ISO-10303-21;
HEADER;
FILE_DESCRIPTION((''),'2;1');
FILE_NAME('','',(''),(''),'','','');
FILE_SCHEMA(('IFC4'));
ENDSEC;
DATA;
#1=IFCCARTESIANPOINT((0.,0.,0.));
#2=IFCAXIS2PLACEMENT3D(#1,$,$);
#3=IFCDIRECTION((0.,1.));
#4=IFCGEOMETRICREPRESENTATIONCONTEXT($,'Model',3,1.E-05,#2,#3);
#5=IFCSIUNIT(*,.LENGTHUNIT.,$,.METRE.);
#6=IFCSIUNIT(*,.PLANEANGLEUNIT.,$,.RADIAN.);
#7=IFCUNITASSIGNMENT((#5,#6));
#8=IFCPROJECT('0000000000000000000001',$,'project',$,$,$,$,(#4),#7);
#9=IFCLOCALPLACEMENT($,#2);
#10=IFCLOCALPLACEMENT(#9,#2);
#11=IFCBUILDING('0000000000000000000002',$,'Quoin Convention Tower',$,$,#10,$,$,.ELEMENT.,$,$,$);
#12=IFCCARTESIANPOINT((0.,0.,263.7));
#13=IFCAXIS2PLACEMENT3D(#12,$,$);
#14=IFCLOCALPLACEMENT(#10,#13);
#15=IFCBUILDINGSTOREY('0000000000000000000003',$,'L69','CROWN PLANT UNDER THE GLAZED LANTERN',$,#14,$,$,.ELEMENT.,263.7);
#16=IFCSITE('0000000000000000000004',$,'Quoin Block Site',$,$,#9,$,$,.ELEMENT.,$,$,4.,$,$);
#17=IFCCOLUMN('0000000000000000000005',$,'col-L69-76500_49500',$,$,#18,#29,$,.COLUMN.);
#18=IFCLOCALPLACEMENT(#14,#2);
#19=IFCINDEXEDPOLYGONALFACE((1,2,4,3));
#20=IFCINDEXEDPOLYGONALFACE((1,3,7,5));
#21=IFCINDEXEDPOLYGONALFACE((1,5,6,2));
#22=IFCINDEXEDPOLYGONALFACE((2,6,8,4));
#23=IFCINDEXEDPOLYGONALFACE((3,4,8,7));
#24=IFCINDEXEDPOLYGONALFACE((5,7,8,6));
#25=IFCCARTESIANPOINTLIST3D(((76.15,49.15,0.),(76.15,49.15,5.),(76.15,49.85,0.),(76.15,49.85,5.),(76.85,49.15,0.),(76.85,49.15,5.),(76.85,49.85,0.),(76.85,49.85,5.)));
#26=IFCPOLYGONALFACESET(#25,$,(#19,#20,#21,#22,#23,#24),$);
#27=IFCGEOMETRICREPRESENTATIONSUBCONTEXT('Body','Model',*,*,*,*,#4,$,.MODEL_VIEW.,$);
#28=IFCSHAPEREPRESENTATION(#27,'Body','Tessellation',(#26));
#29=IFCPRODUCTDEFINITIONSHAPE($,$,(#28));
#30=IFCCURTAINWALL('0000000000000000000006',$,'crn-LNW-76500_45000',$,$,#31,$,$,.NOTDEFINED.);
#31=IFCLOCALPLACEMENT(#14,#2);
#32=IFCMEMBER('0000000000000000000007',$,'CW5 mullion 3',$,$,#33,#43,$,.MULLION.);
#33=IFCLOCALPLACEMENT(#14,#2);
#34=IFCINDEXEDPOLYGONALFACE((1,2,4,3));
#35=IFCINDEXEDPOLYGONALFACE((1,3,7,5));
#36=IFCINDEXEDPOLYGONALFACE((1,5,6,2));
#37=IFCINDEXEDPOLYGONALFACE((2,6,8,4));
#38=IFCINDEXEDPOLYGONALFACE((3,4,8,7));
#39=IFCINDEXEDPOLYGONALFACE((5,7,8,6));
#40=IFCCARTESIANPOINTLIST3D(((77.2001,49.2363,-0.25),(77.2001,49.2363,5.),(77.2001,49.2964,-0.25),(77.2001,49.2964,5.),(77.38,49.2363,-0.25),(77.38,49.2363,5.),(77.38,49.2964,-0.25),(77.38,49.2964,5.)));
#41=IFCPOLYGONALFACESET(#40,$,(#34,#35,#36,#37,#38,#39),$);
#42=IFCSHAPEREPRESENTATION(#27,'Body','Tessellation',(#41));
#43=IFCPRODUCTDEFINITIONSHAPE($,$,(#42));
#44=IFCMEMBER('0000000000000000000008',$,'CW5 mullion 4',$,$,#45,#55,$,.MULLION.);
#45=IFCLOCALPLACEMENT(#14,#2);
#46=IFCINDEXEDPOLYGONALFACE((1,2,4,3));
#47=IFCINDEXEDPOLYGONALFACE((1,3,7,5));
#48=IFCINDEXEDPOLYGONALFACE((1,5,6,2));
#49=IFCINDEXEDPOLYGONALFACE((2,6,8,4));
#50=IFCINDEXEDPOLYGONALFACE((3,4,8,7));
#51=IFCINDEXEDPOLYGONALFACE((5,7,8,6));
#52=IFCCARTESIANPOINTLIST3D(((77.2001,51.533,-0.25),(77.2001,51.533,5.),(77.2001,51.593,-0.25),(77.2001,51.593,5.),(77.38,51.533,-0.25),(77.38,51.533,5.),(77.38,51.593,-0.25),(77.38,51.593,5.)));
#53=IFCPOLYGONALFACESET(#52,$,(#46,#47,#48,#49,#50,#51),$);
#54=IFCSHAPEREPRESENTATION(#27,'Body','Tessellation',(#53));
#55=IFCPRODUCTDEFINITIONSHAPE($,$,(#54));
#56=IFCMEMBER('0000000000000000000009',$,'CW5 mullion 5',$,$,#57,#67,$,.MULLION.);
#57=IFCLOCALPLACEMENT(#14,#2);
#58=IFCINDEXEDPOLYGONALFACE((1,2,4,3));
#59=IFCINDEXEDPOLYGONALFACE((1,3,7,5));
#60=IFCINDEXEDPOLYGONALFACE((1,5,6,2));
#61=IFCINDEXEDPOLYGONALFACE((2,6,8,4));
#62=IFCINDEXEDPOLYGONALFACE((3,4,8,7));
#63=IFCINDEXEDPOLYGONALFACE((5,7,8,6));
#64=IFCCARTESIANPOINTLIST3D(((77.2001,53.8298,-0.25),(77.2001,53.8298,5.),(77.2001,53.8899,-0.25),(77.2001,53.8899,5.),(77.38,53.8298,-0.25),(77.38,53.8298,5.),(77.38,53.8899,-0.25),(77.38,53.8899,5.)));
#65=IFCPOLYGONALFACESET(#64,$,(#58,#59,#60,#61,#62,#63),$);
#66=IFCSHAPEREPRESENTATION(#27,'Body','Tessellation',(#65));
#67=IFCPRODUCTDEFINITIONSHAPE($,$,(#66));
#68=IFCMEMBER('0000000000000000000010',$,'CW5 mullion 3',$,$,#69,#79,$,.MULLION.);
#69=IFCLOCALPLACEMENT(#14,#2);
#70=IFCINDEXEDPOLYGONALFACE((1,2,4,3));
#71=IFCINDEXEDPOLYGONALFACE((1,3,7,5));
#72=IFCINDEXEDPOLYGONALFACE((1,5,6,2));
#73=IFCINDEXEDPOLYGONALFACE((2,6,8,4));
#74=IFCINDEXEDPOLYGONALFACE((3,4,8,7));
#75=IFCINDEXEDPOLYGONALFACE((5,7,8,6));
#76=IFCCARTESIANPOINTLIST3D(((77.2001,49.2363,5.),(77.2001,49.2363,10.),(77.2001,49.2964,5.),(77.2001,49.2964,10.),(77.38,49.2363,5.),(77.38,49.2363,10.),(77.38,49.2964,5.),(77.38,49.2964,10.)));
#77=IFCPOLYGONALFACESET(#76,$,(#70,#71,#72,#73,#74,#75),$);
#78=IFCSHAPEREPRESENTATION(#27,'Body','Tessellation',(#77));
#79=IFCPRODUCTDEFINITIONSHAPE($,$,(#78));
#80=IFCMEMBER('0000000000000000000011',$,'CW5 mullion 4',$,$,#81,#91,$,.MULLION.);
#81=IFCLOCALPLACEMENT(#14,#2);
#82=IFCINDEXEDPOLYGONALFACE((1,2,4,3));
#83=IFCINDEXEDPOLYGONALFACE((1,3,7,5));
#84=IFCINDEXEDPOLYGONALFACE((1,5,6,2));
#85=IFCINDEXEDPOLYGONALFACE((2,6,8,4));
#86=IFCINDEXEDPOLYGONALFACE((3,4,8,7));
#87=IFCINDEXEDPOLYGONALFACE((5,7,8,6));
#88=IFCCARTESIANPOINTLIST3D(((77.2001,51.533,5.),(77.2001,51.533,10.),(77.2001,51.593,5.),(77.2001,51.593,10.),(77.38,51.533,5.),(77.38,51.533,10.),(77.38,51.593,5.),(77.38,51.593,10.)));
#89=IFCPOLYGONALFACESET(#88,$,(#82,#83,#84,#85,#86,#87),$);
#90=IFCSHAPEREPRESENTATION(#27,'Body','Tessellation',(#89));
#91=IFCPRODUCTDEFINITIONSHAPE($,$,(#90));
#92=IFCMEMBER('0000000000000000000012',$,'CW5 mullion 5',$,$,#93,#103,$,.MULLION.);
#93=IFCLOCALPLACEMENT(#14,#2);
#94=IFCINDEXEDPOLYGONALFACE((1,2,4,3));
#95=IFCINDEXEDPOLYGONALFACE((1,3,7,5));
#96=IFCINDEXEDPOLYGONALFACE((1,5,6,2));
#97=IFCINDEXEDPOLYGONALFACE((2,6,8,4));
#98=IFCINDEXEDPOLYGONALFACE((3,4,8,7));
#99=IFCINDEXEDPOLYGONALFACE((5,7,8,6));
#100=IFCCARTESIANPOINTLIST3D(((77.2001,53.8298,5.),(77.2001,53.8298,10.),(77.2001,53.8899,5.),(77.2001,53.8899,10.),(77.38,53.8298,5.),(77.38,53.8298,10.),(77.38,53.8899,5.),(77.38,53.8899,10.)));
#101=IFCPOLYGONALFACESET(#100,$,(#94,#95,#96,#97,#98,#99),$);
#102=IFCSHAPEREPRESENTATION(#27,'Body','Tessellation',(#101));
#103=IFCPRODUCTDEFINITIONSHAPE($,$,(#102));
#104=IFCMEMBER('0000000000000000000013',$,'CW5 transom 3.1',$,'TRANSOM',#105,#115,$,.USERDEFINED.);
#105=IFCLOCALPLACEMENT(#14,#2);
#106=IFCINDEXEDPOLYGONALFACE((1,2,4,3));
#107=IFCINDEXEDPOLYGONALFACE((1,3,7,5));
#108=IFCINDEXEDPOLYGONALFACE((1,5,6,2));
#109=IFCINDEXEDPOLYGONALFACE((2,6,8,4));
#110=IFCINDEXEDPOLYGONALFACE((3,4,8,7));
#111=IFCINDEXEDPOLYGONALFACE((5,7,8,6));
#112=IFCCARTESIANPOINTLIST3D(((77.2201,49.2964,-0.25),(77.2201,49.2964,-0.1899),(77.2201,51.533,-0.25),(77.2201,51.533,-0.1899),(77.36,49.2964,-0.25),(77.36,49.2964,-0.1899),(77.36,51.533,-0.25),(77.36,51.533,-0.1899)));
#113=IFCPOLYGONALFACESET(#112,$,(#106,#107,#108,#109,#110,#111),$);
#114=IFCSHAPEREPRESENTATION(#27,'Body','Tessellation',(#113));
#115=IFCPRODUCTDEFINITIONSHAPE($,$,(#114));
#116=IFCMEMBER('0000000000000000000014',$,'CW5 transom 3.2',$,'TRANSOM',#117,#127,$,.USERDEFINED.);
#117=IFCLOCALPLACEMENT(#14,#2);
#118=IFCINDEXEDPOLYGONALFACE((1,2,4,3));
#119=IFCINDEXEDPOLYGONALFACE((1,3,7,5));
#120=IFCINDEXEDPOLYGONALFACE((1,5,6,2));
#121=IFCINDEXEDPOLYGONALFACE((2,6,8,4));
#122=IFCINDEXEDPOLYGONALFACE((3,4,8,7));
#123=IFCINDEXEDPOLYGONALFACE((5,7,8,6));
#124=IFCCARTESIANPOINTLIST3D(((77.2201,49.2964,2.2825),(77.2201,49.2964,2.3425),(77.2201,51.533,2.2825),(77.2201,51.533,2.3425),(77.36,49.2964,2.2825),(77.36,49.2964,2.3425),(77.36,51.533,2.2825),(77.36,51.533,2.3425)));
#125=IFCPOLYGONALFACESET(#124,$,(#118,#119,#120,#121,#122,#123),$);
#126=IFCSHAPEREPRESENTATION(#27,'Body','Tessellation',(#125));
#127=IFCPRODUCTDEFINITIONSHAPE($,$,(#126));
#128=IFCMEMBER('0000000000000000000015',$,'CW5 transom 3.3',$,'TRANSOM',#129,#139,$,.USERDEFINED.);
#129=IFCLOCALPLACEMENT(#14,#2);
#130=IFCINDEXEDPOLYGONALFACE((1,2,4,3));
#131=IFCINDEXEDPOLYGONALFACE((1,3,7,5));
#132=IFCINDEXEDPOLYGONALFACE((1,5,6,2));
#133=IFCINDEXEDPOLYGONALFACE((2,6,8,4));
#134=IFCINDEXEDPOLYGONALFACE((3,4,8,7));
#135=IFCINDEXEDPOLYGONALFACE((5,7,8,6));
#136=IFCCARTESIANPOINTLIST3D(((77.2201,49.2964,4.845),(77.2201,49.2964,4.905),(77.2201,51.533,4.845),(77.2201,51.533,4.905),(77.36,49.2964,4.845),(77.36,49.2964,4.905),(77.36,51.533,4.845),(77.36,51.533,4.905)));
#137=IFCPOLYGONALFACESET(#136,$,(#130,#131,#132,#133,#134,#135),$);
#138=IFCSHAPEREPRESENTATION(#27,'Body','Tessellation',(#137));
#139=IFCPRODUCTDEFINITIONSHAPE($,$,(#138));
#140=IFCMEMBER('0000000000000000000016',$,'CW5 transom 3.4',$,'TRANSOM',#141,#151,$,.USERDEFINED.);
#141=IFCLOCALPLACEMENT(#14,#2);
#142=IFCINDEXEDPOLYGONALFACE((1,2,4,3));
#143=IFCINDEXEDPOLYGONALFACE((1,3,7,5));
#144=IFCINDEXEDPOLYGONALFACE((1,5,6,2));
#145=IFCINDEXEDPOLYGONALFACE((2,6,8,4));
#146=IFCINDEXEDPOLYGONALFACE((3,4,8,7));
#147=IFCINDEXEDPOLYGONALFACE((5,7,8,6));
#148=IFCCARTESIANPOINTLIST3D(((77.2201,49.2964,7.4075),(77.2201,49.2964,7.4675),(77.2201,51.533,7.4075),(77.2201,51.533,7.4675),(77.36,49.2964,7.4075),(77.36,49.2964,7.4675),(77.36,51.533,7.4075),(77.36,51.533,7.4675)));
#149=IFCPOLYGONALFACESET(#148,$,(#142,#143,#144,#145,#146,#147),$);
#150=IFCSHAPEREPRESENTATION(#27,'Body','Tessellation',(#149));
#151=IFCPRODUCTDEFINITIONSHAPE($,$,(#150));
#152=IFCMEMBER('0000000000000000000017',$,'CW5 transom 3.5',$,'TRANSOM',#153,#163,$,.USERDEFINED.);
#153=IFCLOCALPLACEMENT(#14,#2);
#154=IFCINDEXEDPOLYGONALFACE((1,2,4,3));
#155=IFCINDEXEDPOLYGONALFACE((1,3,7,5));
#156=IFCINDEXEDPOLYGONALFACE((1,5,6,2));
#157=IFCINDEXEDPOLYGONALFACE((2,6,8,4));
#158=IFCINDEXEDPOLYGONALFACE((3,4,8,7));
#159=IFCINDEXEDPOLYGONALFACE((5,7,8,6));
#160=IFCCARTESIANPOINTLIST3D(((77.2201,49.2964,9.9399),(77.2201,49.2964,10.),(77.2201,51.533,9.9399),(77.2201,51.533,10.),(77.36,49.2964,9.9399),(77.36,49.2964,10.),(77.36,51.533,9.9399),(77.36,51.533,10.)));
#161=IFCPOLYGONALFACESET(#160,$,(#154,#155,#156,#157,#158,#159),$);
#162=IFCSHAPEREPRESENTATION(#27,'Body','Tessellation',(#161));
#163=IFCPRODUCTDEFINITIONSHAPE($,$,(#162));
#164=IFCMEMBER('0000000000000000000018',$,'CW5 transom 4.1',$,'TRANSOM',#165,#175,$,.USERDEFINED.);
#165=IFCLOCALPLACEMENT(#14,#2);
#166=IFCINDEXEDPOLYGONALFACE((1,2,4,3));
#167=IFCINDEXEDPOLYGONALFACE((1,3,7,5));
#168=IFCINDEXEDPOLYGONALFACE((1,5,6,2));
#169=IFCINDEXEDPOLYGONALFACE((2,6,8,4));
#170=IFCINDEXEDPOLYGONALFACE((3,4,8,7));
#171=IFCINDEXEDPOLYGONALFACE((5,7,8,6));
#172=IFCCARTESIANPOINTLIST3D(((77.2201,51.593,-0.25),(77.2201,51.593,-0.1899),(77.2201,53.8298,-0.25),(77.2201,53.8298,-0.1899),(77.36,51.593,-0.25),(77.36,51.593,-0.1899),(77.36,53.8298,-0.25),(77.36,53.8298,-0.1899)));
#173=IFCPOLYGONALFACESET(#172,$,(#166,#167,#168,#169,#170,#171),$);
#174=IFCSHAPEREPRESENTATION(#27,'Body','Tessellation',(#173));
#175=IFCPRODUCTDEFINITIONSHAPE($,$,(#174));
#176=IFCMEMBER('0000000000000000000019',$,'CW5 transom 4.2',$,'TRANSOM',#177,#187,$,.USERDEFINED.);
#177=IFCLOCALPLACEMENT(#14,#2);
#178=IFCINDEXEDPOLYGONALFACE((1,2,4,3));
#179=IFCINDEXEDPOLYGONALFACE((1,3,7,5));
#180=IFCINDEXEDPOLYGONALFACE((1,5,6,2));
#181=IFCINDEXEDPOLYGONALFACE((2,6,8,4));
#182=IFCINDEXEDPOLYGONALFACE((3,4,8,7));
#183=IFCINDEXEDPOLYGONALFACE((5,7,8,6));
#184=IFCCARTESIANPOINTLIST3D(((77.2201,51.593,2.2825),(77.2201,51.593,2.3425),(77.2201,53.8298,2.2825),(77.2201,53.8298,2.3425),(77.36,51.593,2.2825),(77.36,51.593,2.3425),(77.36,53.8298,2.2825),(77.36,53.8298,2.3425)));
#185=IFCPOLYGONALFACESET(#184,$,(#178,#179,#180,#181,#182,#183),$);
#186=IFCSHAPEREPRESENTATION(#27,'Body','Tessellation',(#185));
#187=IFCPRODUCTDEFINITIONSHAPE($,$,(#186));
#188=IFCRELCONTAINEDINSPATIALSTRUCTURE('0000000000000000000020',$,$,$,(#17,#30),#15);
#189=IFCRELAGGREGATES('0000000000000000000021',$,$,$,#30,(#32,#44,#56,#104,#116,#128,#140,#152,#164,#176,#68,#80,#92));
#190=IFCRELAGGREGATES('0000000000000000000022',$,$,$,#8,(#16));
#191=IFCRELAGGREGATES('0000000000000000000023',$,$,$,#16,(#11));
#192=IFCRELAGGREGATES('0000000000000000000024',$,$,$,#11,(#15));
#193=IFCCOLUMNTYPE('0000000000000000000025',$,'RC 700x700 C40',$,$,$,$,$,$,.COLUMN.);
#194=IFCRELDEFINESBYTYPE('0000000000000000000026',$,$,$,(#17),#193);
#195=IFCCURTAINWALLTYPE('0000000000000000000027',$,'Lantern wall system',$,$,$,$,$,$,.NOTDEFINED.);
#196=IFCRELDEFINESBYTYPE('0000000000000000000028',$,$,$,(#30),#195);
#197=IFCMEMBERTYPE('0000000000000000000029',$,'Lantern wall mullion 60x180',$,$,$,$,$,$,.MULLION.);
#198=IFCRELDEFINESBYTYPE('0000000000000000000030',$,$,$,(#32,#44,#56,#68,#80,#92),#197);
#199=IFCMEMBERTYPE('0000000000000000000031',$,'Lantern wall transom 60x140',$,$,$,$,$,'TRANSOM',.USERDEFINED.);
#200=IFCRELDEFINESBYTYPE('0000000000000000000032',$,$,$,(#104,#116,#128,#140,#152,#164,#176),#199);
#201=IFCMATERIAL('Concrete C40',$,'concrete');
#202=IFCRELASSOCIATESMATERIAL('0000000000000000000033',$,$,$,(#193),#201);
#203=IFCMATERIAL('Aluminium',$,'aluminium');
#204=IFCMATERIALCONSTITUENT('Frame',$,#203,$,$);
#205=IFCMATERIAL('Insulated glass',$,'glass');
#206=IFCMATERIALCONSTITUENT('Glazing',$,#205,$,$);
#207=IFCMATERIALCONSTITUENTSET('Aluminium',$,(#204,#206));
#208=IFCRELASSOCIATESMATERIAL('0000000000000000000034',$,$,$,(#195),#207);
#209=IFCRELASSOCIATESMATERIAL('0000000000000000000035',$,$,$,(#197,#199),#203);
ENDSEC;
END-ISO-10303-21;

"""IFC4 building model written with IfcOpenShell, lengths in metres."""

from ifc_helpers import new_model, si_unit, direction, frame, origin, origin_2d, place, context, subcontext, project, spatial, rectangle, extrude, material, constituent, constituent_set, material_profile, profile_set, type_object, element, aggregate, save


model = new_model("IFC4")

# Units and contexts
model_context = context("Model", 3, precision=1e-05, world=origin(), true_north=direction((0.0, 1.0)))
body_context = subcontext(model_context, "Body", "Model", "MODEL_VIEW")
ifc_project = project(units=[si_unit("LENGTHUNIT", "METRE"), si_unit("PLANEANGLEUNIT", "RADIAN")], contexts=[model_context])

# Site, building, storey
site_placement = place(None, origin())
site = spatial("IfcSite", under=ifc_project, at=site_placement, Name="Quoin Block Site", CompositionType="ELEMENT", RefElevation=4.0)
building_placement = place(site_placement, origin())
building = spatial("IfcBuilding", under=site, at=building_placement, Name="Quoin Convention Tower", CompositionType="ELEMENT")
storey_placement = place(building_placement, frame((0.0, 0.0, 263.7)))
storey = spatial("IfcBuildingStorey", under=building, at=storey_placement, Name="L69", Description="CROWN PLANT UNDER THE GLAZED LANTERN", CompositionType="ELEMENT", Elevation=263.7)

# Column
ifc_material_1 = material(Name="Concrete C40", Category="concrete")
ifc_material_profile_1 = material_profile(ifc_material_1, rectangle(XDim=0.7, YDim=0.7, at=origin_2d()), Name="RC 700x700")
ifc_profile_set_1 = profile_set([ifc_material_profile_1], Name="Concrete C40")
column_type = type_object("IfcColumnType", Name="RC 700x700 C40", PredefinedType="COLUMN", material=ifc_profile_set_1)
column_placement = place(storey_placement, frame((76.5, 49.5, 0.0), z_axis=(0.0, 0.0, 1.0), x_axis=(1.0, 0.0, 0.0)))
element("IfcColumn", 1, at=column_placement, inside=storey, type_object=column_type, Name="col-L69-76500_49500", PredefinedType="COLUMN", context=body_context, shape_type="SweptSolid", body=[
    extrude(rectangle(XDim=0.7, YDim=0.7, at=origin_2d()), origin(), (0.0, 0.0, 1.0), 5.0),
])

# Curtain wall, members
ifc_material_2 = material(Name="Aluminium", Category="aluminium")
ifc_constituent_1 = constituent(ifc_material_2, Name="Frame")
ifc_material_3 = material(Name="Insulated glass", Category="glass")
ifc_constituent_2 = constituent(ifc_material_3, Name="Glazing")
ifc_constituent_set = constituent_set(constituents=[ifc_constituent_1, ifc_constituent_2], Name="Aluminium")
curtain_wall_type = type_object("IfcCurtainWallType", Name="Lantern wall system", PredefinedType="NOTDEFINED", material=ifc_constituent_set)
curtain_wall_placement = place(storey_placement, origin())
curtain_wall = element("IfcCurtainWall", 2, at=curtain_wall_placement, inside=storey, type_object=curtain_wall_type, Name="crn-LNW-76500_45000", PredefinedType="NOTDEFINED")
ifc_material_profile_2 = material_profile(ifc_material_2, rectangle(XDim=0.1799, YDim=0.0601, at=origin_2d()), Name="Lantern wall mullion 60x180")
ifc_profile_set_2 = profile_set([ifc_material_profile_2], Name="Aluminium")
member_type_1 = type_object("IfcMemberType", Name="Lantern wall mullion 60x180", PredefinedType="MULLION", material=ifc_profile_set_2)
member_1_placement = place(storey_placement, frame((77.29, 49.2664, -0.25), z_axis=(0.0, 0.0, 1.0), x_axis=(-1.0, 0.0, 0.0)))
member_1 = element("IfcMember", 3, at=member_1_placement, type_object=member_type_1, Name="CW5 mullion 3", PredefinedType="MULLION", context=body_context, shape_type="SweptSolid", body=[
    extrude(rectangle(XDim=0.1799, YDim=0.0601, at=origin_2d()), origin(), (0.0, 0.0, 1.0), 5.25),
])
member_2_placement = place(storey_placement, frame((77.29, 51.563, -0.25), z_axis=(0.0, 0.0, 1.0), x_axis=(-1.0, 0.0, 0.0)))
member_2 = element("IfcMember", 4, at=member_2_placement, type_object=member_type_1, Name="CW5 mullion 4", PredefinedType="MULLION", context=body_context, shape_type="SweptSolid", body=[
    extrude(rectangle(XDim=0.1799, YDim=0.0601, at=origin_2d()), origin(), (0.0, 0.0, 1.0), 5.25),
])
member_3_placement = place(storey_placement, frame((77.29, 53.8599, -0.25), z_axis=(0.0, 0.0, 1.0), x_axis=(-1.0, 0.0, 0.0)))
member_3 = element("IfcMember", 5, at=member_3_placement, type_object=member_type_1, Name="CW5 mullion 5", PredefinedType="MULLION", context=body_context, shape_type="SweptSolid", body=[
    extrude(rectangle(XDim=0.1799, YDim=0.0601, at=origin_2d()), origin(), (0.0, 0.0, 1.0), 5.25),
])
member_4_placement = place(storey_placement, frame((77.29, 49.2664, 5.0), z_axis=(0.0, 0.0, 1.0), x_axis=(-1.0, 0.0, 0.0)))
member_4 = element("IfcMember", 6, at=member_4_placement, type_object=member_type_1, Name="CW5 mullion 3", PredefinedType="MULLION", context=body_context, shape_type="SweptSolid", body=[
    extrude(rectangle(XDim=0.1799, YDim=0.0601, at=origin_2d()), origin(), (0.0, 0.0, 1.0), 5.0),
])
member_5_placement = place(storey_placement, frame((77.29, 51.563, 5.0), z_axis=(0.0, 0.0, 1.0), x_axis=(-1.0, 0.0, 0.0)))
member_5 = element("IfcMember", 7, at=member_5_placement, type_object=member_type_1, Name="CW5 mullion 4", PredefinedType="MULLION", context=body_context, shape_type="SweptSolid", body=[
    extrude(rectangle(XDim=0.1799, YDim=0.0601, at=origin_2d()), origin(), (0.0, 0.0, 1.0), 5.0),
])
member_6_placement = place(storey_placement, frame((77.29, 53.8599, 5.0), z_axis=(0.0, 0.0, 1.0), x_axis=(-1.0, 0.0, 0.0)))
member_6 = element("IfcMember", 8, at=member_6_placement, type_object=member_type_1, Name="CW5 mullion 5", PredefinedType="MULLION", context=body_context, shape_type="SweptSolid", body=[
    extrude(rectangle(XDim=0.1799, YDim=0.0601, at=origin_2d()), origin(), (0.0, 0.0, 1.0), 5.0),
])
ifc_material_profile_3 = material_profile(ifc_material_2, rectangle(XDim=0.1399, YDim=0.0601, at=origin_2d()), Name="Lantern wall transom 60x140")
ifc_profile_set_3 = profile_set([ifc_material_profile_3], Name="Aluminium")
member_type_2 = type_object("IfcMemberType", Name="Lantern wall transom 60x140", ElementType="TRANSOM", PredefinedType="USERDEFINED", material=ifc_profile_set_3)
member_7_placement = place(storey_placement, frame((77.29, 49.2964, -0.22), z_axis=(0.0, 1.0, 0.0), x_axis=(-1.0, 0.0, 0.0)))
member_7 = element("IfcMember", 9, at=member_7_placement, type_object=member_type_2, Name="CW5 transom 3.1", ObjectType="TRANSOM", PredefinedType="USERDEFINED", context=body_context, shape_type="SweptSolid", body=[
    extrude(rectangle(XDim=0.1399, YDim=0.0601, at=origin_2d()), origin(), (0.0, 0.0, 1.0), 2.2366),
])
member_8_placement = place(storey_placement, frame((77.29, 49.2964, 2.3125), z_axis=(0.0, 1.0, 0.0), x_axis=(-1.0, 0.0, 0.0)))
member_8 = element("IfcMember", 10, at=member_8_placement, type_object=member_type_2, Name="CW5 transom 3.2", ObjectType="TRANSOM", PredefinedType="USERDEFINED", context=body_context, shape_type="SweptSolid", body=[
    extrude(rectangle(XDim=0.1399, YDim=0.0601, at=origin_2d()), origin(), (0.0, 0.0, 1.0), 2.2366),
])
member_9_placement = place(storey_placement, frame((77.29, 49.2964, 4.875), z_axis=(0.0, 1.0, 0.0), x_axis=(-1.0, 0.0, 0.0)))
member_9 = element("IfcMember", 11, at=member_9_placement, type_object=member_type_2, Name="CW5 transom 3.3", ObjectType="TRANSOM", PredefinedType="USERDEFINED", context=body_context, shape_type="SweptSolid", body=[
    extrude(rectangle(XDim=0.1399, YDim=0.0601, at=origin_2d()), origin(), (0.0, 0.0, 1.0), 2.2366),
])
member_10_placement = place(storey_placement, frame((77.29, 49.2964, 7.4375), z_axis=(0.0, 1.0, 0.0), x_axis=(-1.0, 0.0, 0.0)))
member_10 = element("IfcMember", 12, at=member_10_placement, type_object=member_type_2, Name="CW5 transom 3.4", ObjectType="TRANSOM", PredefinedType="USERDEFINED", context=body_context, shape_type="SweptSolid", body=[
    extrude(rectangle(XDim=0.1399, YDim=0.0601, at=origin_2d()), origin(), (0.0, 0.0, 1.0), 2.2366),
])
member_11_placement = place(storey_placement, frame((77.29, 49.2964, 9.97), z_axis=(0.0, 1.0, 0.0), x_axis=(-1.0, 0.0, 0.0)))
member_11 = element("IfcMember", 13, at=member_11_placement, type_object=member_type_2, Name="CW5 transom 3.5", ObjectType="TRANSOM", PredefinedType="USERDEFINED", context=body_context, shape_type="SweptSolid", body=[
    extrude(rectangle(XDim=0.1399, YDim=0.0601, at=origin_2d()), origin(), (0.0, 0.0, 1.0), 2.2366),
])
member_12_placement = place(storey_placement, frame((77.29, 51.593, -0.22), z_axis=(0.0, 1.0, 0.0), x_axis=(-1.0, 0.0, 0.0)))
member_12 = element("IfcMember", 14, at=member_12_placement, type_object=member_type_2, Name="CW5 transom 4.1", ObjectType="TRANSOM", PredefinedType="USERDEFINED", context=body_context, shape_type="SweptSolid", body=[
    extrude(rectangle(XDim=0.1399, YDim=0.0601, at=origin_2d()), origin(), (0.0, 0.0, 1.0), 2.2368),
])
member_13_placement = place(storey_placement, frame((77.29, 51.593, 2.3125), z_axis=(0.0, 1.0, 0.0), x_axis=(-1.0, 0.0, 0.0)))
member_13 = element("IfcMember", 15, at=member_13_placement, type_object=member_type_2, Name="CW5 transom 4.2", ObjectType="TRANSOM", PredefinedType="USERDEFINED", context=body_context, shape_type="SweptSolid", body=[
    extrude(rectangle(XDim=0.1399, YDim=0.0601, at=origin_2d()), origin(), (0.0, 0.0, 1.0), 2.2368),
])

aggregate(curtain_wall, [member_1, member_2, member_3, member_7, member_8, member_9, member_10, member_11, member_12, member_13, member_4, member_5, member_6])

save(model, "model.ifc")
